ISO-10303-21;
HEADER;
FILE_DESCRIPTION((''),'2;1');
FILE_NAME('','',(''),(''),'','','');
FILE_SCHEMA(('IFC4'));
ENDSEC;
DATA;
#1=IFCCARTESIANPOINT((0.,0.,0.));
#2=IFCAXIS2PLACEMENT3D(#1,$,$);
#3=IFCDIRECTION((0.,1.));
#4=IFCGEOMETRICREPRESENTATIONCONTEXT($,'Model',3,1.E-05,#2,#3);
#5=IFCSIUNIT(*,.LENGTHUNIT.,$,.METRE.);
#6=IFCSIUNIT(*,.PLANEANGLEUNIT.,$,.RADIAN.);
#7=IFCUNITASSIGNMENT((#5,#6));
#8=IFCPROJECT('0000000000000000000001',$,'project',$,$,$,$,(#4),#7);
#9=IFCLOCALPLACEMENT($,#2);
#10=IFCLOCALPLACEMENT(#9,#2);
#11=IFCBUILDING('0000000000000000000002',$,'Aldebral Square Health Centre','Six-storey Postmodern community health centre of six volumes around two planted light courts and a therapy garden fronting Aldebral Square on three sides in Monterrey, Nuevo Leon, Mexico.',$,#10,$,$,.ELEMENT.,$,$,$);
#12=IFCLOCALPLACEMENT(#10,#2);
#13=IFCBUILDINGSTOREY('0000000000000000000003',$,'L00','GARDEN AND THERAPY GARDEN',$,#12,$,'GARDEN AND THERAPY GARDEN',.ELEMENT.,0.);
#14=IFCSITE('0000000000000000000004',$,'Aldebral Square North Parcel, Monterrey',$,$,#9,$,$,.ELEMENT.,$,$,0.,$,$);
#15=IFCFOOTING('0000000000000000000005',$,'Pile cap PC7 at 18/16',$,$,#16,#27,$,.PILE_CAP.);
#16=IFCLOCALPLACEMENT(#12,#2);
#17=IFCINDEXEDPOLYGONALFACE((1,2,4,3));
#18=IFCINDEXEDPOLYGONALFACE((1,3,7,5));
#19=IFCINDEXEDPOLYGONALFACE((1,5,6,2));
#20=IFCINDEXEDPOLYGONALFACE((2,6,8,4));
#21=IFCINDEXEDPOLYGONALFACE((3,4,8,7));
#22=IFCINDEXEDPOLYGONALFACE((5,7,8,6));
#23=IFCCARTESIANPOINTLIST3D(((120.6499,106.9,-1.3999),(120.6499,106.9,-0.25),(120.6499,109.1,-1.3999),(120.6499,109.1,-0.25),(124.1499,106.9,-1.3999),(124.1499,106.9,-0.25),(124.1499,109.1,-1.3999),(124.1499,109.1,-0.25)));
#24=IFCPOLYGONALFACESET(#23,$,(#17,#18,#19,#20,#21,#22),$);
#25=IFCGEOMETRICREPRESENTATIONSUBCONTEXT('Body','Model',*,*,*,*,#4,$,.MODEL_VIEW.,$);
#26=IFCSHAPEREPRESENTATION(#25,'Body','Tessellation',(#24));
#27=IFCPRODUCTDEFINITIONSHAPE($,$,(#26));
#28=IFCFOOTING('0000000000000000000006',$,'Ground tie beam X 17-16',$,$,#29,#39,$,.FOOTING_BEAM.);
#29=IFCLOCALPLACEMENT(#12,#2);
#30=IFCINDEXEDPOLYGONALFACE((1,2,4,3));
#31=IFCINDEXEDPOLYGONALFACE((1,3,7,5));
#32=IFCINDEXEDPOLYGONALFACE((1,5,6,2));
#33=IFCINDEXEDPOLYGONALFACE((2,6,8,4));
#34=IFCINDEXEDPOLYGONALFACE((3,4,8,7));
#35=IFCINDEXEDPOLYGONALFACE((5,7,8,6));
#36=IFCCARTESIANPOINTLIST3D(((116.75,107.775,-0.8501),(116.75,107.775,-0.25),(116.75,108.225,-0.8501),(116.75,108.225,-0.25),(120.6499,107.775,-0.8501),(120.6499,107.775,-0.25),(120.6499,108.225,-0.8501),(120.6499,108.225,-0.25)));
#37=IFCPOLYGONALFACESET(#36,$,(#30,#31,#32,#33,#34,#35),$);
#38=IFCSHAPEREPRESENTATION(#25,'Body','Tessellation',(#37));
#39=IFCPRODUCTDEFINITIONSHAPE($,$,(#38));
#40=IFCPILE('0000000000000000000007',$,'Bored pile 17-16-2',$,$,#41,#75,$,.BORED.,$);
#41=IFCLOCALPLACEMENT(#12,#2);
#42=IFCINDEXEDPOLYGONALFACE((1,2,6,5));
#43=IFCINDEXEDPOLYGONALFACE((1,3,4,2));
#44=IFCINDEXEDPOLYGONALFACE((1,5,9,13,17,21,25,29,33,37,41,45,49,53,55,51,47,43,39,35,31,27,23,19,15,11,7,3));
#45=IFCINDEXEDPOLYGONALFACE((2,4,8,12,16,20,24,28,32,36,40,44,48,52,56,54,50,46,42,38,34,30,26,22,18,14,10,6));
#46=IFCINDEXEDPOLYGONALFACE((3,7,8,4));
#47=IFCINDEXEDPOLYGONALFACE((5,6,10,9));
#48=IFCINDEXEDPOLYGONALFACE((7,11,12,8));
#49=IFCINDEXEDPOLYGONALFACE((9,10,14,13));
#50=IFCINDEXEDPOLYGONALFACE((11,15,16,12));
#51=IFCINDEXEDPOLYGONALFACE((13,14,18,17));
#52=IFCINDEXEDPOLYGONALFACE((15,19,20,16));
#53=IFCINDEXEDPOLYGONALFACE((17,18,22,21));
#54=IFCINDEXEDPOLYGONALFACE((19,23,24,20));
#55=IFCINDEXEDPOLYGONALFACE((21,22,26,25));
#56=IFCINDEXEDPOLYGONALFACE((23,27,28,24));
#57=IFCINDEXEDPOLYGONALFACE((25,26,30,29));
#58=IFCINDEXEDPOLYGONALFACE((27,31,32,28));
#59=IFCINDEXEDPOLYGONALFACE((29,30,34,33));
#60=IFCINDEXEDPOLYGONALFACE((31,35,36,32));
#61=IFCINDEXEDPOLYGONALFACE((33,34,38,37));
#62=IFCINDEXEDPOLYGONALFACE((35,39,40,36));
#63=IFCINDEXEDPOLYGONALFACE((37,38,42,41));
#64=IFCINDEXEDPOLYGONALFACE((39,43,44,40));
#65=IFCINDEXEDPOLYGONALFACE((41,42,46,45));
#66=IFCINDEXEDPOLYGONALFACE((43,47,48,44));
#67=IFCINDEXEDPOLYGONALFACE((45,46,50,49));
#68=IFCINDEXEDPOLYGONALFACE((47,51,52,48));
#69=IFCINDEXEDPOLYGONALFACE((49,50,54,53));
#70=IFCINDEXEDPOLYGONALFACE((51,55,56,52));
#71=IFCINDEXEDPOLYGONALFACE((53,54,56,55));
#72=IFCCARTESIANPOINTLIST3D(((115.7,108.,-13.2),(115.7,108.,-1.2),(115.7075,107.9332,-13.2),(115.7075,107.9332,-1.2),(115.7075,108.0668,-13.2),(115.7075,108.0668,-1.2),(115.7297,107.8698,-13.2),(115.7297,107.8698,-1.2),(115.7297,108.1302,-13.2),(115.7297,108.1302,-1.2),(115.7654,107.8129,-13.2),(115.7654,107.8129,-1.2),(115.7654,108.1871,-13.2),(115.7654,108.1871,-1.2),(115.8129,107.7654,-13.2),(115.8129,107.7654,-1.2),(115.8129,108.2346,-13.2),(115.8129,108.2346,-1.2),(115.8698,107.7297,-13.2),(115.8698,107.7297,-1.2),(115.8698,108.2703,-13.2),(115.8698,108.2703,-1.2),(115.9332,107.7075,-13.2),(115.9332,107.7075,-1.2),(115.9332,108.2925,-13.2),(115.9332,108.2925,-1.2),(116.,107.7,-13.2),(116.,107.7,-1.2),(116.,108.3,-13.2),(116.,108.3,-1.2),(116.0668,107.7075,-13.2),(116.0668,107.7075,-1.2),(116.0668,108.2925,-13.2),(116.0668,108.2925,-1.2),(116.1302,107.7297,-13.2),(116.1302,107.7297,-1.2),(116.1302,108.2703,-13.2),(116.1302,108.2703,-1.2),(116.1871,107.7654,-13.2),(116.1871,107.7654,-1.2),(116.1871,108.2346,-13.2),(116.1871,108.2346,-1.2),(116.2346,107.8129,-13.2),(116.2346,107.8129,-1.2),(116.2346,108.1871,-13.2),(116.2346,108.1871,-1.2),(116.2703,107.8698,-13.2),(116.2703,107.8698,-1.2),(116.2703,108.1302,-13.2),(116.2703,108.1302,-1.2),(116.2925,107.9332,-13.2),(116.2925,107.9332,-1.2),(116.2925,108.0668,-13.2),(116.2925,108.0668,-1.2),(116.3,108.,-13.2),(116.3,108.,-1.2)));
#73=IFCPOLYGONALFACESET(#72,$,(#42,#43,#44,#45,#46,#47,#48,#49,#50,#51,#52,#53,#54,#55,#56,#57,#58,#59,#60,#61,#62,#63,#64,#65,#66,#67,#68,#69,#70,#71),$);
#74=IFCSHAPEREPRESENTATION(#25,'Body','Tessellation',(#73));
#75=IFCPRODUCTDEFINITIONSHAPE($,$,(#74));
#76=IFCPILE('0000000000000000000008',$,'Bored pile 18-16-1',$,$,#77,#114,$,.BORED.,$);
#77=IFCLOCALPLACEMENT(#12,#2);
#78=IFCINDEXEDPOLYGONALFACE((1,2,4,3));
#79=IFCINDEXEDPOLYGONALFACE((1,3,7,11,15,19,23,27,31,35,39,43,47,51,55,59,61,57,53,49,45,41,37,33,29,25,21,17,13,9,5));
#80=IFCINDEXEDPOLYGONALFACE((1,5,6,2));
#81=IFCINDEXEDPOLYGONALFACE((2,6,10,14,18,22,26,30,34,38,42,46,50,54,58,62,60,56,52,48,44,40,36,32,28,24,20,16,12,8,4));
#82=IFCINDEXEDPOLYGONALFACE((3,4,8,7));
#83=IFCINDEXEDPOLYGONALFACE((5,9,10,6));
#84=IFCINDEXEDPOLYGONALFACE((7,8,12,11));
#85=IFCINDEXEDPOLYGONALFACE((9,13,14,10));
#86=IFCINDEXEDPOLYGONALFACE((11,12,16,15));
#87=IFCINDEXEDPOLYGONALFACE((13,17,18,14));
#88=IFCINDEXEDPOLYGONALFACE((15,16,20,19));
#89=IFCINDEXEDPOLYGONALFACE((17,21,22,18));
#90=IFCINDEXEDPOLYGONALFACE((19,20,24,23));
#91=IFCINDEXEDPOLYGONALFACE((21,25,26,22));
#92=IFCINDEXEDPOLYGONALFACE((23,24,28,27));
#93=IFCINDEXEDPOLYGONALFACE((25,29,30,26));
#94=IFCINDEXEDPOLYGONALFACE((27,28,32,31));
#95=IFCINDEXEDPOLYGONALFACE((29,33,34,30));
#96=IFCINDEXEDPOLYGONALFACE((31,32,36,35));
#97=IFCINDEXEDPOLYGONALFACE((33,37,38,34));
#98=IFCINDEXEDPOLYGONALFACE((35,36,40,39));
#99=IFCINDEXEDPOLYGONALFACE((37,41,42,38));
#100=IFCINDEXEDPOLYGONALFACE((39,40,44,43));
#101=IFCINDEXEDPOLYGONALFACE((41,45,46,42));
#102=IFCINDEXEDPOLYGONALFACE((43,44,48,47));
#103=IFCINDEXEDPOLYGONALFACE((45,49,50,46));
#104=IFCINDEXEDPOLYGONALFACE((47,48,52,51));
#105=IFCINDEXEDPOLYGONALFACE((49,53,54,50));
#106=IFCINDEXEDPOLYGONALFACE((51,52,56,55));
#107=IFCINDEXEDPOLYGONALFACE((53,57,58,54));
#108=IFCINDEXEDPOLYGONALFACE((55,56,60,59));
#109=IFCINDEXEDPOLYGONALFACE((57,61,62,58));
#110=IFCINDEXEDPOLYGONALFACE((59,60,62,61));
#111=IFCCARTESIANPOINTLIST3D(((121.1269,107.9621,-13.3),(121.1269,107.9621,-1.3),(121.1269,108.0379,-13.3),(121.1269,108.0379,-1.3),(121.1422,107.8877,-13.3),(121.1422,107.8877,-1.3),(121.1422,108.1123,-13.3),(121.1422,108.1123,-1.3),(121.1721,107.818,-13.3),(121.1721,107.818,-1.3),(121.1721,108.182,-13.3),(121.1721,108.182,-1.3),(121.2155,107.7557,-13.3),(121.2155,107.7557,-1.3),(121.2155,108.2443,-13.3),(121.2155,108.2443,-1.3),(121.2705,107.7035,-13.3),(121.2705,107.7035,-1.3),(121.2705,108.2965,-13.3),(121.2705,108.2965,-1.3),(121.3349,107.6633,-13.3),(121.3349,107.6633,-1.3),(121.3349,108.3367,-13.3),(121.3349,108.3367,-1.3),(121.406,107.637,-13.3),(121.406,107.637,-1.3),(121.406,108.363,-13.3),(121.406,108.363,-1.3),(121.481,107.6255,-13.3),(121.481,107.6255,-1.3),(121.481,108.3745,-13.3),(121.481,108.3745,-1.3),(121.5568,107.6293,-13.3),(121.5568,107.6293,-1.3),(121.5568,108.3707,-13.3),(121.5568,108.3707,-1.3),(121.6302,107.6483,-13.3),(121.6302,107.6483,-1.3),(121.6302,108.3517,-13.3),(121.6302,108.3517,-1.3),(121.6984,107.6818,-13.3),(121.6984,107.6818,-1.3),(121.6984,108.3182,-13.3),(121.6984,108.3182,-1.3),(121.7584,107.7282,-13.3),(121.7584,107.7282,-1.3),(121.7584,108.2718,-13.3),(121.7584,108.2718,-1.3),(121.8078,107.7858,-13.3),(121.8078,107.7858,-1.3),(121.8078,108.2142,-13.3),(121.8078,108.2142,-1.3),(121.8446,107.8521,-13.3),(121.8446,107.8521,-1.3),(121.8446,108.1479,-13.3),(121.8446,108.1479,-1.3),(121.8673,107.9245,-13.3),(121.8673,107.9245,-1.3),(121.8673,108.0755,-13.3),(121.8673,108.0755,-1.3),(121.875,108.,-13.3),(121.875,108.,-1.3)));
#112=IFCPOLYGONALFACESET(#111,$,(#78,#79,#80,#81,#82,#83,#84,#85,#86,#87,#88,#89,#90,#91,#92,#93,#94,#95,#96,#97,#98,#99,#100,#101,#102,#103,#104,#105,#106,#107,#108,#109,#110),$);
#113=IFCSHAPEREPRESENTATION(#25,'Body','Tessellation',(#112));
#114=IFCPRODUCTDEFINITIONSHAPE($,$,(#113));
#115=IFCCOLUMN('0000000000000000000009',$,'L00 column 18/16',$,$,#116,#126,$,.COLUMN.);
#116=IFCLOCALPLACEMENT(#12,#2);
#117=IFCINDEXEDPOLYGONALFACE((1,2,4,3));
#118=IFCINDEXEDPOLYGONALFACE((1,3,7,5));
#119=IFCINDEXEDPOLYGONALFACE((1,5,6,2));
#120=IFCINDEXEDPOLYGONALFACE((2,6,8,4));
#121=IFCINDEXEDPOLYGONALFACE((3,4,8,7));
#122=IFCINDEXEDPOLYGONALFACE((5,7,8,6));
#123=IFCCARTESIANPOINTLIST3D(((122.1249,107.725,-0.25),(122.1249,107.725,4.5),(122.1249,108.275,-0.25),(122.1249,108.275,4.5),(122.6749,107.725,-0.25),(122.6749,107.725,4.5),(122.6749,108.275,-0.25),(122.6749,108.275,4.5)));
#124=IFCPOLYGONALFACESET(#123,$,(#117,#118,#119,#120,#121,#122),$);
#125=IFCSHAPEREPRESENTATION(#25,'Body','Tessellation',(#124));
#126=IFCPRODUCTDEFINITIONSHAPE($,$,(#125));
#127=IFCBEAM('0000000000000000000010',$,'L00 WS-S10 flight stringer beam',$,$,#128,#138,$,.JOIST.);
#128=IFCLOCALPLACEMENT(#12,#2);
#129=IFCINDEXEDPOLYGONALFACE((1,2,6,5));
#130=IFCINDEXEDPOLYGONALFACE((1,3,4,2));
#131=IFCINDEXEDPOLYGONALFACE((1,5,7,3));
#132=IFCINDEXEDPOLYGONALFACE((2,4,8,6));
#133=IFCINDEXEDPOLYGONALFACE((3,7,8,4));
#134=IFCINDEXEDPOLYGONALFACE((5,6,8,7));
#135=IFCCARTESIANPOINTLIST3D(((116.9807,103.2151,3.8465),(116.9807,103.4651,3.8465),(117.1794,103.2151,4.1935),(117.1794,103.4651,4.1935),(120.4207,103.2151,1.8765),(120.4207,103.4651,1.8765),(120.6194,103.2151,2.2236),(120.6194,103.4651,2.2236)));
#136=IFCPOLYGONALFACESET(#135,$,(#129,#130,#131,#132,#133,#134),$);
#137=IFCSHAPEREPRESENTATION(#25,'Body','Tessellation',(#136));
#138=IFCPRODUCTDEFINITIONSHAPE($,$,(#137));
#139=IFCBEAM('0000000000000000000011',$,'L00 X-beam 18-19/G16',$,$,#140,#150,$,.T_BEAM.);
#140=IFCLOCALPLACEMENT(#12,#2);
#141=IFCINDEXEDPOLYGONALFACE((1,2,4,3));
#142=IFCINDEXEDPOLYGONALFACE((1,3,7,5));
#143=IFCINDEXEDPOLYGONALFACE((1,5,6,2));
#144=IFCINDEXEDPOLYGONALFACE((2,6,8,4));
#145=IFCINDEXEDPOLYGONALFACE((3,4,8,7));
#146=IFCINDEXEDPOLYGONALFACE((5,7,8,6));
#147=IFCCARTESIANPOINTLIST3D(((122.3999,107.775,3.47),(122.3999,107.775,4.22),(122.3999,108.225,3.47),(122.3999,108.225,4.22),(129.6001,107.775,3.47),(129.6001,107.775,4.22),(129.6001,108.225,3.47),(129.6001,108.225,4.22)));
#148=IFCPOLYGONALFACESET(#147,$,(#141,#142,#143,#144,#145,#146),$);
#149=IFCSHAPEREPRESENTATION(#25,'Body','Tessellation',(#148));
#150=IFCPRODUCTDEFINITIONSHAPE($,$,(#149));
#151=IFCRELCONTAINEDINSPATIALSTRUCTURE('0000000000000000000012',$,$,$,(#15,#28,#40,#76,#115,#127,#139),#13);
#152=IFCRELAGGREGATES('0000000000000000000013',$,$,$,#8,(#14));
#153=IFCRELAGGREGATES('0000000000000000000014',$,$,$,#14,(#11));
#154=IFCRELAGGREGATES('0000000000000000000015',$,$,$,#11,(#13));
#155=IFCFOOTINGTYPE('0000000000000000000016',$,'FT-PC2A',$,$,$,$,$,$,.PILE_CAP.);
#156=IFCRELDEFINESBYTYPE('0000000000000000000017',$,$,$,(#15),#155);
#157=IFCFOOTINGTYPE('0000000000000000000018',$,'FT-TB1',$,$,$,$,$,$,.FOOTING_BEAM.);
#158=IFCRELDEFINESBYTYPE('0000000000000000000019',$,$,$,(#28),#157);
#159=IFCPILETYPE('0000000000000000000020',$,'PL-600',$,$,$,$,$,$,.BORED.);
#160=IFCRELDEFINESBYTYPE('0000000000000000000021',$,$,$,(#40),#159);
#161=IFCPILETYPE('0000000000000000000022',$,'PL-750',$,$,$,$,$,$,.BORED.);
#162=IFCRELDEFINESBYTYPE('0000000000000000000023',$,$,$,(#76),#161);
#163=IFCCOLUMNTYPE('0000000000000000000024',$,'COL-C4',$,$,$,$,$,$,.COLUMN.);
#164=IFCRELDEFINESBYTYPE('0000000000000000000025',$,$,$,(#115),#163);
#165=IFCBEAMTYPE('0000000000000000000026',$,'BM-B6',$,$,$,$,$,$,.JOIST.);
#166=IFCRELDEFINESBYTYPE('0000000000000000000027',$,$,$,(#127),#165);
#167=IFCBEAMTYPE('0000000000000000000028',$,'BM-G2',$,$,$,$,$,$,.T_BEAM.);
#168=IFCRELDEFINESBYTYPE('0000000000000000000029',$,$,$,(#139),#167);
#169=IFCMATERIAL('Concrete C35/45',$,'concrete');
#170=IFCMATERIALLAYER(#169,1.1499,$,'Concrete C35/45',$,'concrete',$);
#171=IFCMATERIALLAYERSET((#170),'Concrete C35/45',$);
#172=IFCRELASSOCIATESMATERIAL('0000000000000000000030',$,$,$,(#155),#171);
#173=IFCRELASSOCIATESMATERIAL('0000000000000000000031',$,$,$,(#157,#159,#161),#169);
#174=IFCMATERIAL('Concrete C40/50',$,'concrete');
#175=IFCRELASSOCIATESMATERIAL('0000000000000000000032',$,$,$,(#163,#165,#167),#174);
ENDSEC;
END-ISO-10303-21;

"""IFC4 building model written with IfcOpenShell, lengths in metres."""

from ifc_helpers import new_model, si_unit, direction, frame, origin, origin_2d, place, context, subcontext, project, spatial, rectangle, circle, extrude, material, layer, layer_set, material_profile, profile_set, type_object, element, save


model = new_model("IFC4")

# Units and contexts
model_context = context("Model", 3, precision=1e-05, world=origin(), true_north=direction((0.0, 1.0)))
body_context = subcontext(model_context, "Body", "Model", "MODEL_VIEW")
ifc_project = project(units=[si_unit("LENGTHUNIT", "METRE"), si_unit("PLANEANGLEUNIT", "RADIAN")], contexts=[model_context])

# Site, building, storey
site_placement = place(None, origin())
site = spatial("IfcSite", under=ifc_project, at=site_placement, Name="Aldebral Square North Parcel, Monterrey", CompositionType="ELEMENT", RefElevation=0.0)
building_placement = place(site_placement, origin())
building = spatial("IfcBuilding", under=site, at=building_placement, Name="Aldebral Square Health Centre", Description="Six-storey Postmodern community health centre of six volumes around two planted light courts and a therapy garden fronting Aldebral Square on three sides in Monterrey, Nuevo Leon, Mexico.", CompositionType="ELEMENT")
storey_placement = place(building_placement, origin())
storey = spatial("IfcBuildingStorey", under=building, at=storey_placement, Name="L00", Description="GARDEN AND THERAPY GARDEN", LongName="GARDEN AND THERAPY GARDEN", CompositionType="ELEMENT", Elevation=0.0)

# Footings
ifc_material_1 = material(Name="Concrete C35/45", Category="concrete")
ifc_layer_1 = layer(ifc_material_1, 1.1499, Name="Concrete C35/45", Category="concrete")
ifc_layer_set_1 = layer_set([ifc_layer_1], Name="Concrete C35/45")
footing_type_1 = type_object("IfcFootingType", Name="FT-PC2A", PredefinedType="PILE_CAP", material=ifc_layer_set_1)
footing_1_placement = place(storey_placement, frame((122.3999, 108.0, -1.3999), z_axis=(0.0, 0.0, 1.0), x_axis=(1.0, 0.0, 0.0)))
element("IfcFooting", 1, at=footing_1_placement, inside=storey, type_object=footing_type_1, Name="Pile cap PC7 at 18/16", PredefinedType="PILE_CAP", context=body_context, shape_type="SweptSolid", body=[
    extrude(rectangle(XDim=3.5, YDim=2.2, at=origin_2d()), origin(), (0.0, 0.0, 1.0), 1.1499),
])
ifc_material_profile_1 = material_profile(ifc_material_1, rectangle(XDim=0.45, YDim=0.6001, at=origin_2d()), Name="RC 450x600")
ifc_profile_set_1 = profile_set([ifc_material_profile_1], Name="Concrete C35/45")
footing_type_2 = type_object("IfcFootingType", Name="FT-TB1", PredefinedType="FOOTING_BEAM", material=ifc_profile_set_1)
footing_2_placement = place(storey_placement, frame((116.75, 108.0, -0.55), z_axis=(1.0, 0.0, 0.0), x_axis=(0.0, 1.0, 0.0)))
element("IfcFooting", 2, at=footing_2_placement, inside=storey, type_object=footing_type_2, Name="Ground tie beam X 17-16", PredefinedType="FOOTING_BEAM", context=body_context, shape_type="SweptSolid", body=[
    extrude(rectangle(XDim=0.45, YDim=0.6001, at=origin_2d()), origin(), (0.0, 0.0, 1.0), 3.8999),
])

# Piles
ifc_material_profile_2 = material_profile(ifc_material_1, circle(Radius=0.3, at=origin_2d()), Name="PILE D600")
ifc_profile_set_2 = profile_set([ifc_material_profile_2], Name="Concrete C35/45")
pile_type_1 = type_object("IfcPileType", Name="PL-600", PredefinedType="BORED", material=ifc_profile_set_2)
pile_1_placement = place(storey_placement, frame((116.0, 108.0, -1.2), z_axis=(0.0, 0.0, -1.0), x_axis=(1.0, 0.0, 0.0)))
element("IfcPile", 3, at=pile_1_placement, inside=storey, type_object=pile_type_1, Name="Bored pile 17-16-2", PredefinedType="BORED", context=body_context, shape_type="SweptSolid", body=[
    extrude(circle(Radius=0.3, at=origin_2d()), origin(), (0.0, 0.0, 1.0), 12.0),
])
ifc_material_profile_3 = material_profile(ifc_material_1, circle(Radius=0.375, at=origin_2d()), Name="PILE D750")
ifc_profile_set_3 = profile_set([ifc_material_profile_3], Name="Concrete C35/45")
pile_type_2 = type_object("IfcPileType", Name="PL-750", PredefinedType="BORED", material=ifc_profile_set_3)
pile_2_placement = place(storey_placement, frame((121.5, 108.0, -1.3), z_axis=(0.0, 0.0, -1.0), x_axis=(1.0, 0.0, 0.0)))
element("IfcPile", 4, at=pile_2_placement, inside=storey, type_object=pile_type_2, Name="Bored pile 18-16-1", PredefinedType="BORED", context=body_context, shape_type="SweptSolid", body=[
    extrude(circle(Radius=0.375, at=origin_2d()), origin(), (0.0, 0.0, 1.0), 12.0),
])

# Column
ifc_material_2 = material(Name="Concrete C40/50", Category="concrete")
ifc_material_profile_4 = material_profile(ifc_material_2, rectangle(XDim=0.55, YDim=0.55, at=origin_2d()), Name="RC 550x550")
ifc_profile_set_4 = profile_set([ifc_material_profile_4], Name="Concrete C40/50")
column_type = type_object("IfcColumnType", Name="COL-C4", PredefinedType="COLUMN", material=ifc_profile_set_4)
column_placement = place(storey_placement, frame((122.3999, 108.0, -0.25), z_axis=(0.0, 0.0, 1.0), x_axis=(1.0, 0.0, 0.0)))
element("IfcColumn", 5, at=column_placement, inside=storey, type_object=column_type, Name="L00 column 18/16", PredefinedType="COLUMN", context=body_context, shape_type="SweptSolid", body=[
    extrude(rectangle(XDim=0.55, YDim=0.55, at=origin_2d()), origin(), (0.0, 0.0, 1.0), 4.75),
])

# Beams
ifc_material_profile_5 = material_profile(ifc_material_2, rectangle(XDim=0.25, YDim=0.3999, at=origin_2d()), Name="RC 250x400")
ifc_profile_set_5 = profile_set([ifc_material_profile_5], Name="Concrete C40/50")
beam_type_1 = type_object("IfcBeamType", Name="BM-B6", PredefinedType="JOIST", material=ifc_profile_set_5)
beam_1_placement = place(storey_placement, frame((120.52, 103.3401, 2.05), z_axis=(-0.867777, 0.0, 0.496955), x_axis=(0.0, -1.0, 0.0)))
element("IfcBeam", 6, at=beam_1_placement, inside=storey, type_object=beam_type_1, Name="L00 WS-S10 flight stringer beam", PredefinedType="JOIST", context=body_context, shape_type="SweptSolid", body=[
    extrude(rectangle(XDim=0.25, YDim=0.3999, at=origin_2d()), origin(), (0.0, 0.0, 1.0), 3.9641),
])
ifc_material_profile_6 = material_profile(ifc_material_2, rectangle(XDim=0.45, YDim=0.75, at=origin_2d()), Name="RC 450x750")
ifc_profile_set_6 = profile_set([ifc_material_profile_6], Name="Concrete C40/50")
beam_type_2 = type_object("IfcBeamType", Name="BM-G2", PredefinedType="T_BEAM", material=ifc_profile_set_6)
beam_2_placement = place(storey_placement, frame((122.3999, 108.0, 3.845), z_axis=(1.0, 0.0, 0.0), x_axis=(0.0, 1.0, 0.0)))
element("IfcBeam", 7, at=beam_2_placement, inside=storey, type_object=beam_type_2, Name="L00 X-beam 18-19/G16", PredefinedType="T_BEAM", context=body_context, shape_type="SweptSolid", body=[
    extrude(rectangle(XDim=0.45, YDim=0.75, at=origin_2d()), origin(), (0.0, 0.0, 1.0), 7.2002),
])

save(model, "model.ifc")
